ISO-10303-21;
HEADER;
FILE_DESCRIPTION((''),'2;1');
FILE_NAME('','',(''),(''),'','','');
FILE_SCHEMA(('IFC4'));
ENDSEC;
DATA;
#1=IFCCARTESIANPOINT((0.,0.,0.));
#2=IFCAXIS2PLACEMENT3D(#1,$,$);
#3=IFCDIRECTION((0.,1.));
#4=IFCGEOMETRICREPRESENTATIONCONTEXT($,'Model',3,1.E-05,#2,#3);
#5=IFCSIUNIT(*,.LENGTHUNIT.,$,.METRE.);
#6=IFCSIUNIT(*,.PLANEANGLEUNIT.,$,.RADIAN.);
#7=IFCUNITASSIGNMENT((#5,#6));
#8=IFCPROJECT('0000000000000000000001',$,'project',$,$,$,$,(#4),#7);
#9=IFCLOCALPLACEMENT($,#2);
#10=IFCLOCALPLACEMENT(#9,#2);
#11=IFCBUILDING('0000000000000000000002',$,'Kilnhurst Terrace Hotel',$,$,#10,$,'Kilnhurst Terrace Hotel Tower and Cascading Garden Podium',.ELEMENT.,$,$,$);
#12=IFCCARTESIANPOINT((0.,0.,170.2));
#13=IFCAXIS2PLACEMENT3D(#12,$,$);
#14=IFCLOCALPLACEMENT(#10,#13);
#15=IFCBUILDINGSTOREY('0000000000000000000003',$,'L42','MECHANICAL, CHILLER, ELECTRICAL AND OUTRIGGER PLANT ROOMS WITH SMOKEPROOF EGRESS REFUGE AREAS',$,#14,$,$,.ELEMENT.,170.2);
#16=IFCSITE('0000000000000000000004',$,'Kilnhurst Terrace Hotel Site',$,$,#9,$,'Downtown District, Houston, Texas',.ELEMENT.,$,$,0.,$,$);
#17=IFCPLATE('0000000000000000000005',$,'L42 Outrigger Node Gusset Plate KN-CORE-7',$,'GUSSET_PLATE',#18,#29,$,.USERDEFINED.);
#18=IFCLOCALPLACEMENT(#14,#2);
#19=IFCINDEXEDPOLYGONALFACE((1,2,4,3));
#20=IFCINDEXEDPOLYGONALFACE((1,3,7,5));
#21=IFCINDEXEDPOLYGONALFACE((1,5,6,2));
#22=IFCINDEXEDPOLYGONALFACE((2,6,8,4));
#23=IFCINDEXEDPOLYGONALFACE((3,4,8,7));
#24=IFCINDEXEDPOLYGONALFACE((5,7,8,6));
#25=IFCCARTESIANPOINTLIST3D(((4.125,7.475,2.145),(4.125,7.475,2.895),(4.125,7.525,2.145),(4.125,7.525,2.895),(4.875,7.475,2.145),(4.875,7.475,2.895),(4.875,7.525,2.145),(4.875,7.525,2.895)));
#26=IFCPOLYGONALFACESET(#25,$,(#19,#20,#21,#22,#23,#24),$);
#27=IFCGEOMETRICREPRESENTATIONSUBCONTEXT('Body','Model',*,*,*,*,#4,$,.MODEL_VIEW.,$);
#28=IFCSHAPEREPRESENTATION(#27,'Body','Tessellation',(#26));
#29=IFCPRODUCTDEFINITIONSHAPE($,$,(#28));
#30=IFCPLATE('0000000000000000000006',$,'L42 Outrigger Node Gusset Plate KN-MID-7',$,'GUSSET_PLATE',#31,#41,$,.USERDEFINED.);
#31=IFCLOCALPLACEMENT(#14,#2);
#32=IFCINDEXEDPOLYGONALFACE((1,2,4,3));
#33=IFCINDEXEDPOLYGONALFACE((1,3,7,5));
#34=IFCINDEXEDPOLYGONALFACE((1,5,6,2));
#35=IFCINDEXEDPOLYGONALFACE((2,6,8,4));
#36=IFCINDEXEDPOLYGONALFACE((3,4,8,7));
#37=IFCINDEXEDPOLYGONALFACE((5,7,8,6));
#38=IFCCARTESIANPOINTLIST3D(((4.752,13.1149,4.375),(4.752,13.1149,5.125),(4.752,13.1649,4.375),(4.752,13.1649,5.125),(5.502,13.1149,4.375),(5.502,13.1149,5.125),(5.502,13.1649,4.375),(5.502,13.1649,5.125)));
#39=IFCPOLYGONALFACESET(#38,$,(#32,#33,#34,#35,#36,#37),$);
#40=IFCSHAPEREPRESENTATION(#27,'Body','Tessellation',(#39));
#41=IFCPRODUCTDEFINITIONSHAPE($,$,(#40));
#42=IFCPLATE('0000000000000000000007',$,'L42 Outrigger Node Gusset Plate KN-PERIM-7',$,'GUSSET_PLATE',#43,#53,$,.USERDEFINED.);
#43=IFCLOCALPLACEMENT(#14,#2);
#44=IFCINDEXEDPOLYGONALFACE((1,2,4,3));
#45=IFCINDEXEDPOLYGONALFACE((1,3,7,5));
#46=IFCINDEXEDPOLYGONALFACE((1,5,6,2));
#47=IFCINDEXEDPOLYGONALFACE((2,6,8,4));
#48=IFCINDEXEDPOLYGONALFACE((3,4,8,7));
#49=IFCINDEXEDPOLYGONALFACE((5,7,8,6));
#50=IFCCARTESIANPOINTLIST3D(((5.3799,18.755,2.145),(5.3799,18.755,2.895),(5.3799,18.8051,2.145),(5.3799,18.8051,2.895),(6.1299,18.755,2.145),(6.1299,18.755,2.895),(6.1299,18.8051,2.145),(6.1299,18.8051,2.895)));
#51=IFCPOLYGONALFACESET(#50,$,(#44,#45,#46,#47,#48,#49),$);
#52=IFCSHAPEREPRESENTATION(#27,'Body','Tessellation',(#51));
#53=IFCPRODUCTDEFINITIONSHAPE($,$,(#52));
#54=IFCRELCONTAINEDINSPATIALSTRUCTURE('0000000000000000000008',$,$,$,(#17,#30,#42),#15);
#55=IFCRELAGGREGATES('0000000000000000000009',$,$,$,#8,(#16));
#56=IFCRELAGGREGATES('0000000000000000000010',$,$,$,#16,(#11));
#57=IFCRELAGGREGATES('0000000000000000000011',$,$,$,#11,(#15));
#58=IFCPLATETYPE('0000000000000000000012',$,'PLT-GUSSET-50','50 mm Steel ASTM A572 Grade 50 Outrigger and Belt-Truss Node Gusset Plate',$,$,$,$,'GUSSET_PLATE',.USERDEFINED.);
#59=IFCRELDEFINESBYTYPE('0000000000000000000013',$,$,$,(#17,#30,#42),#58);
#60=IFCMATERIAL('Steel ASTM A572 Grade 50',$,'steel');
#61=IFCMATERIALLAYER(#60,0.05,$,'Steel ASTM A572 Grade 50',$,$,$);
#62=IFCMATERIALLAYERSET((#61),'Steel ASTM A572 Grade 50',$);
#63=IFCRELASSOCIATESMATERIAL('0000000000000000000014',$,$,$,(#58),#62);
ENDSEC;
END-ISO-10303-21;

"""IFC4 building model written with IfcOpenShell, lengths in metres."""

from ifc_helpers import new_model, si_unit, direction, frame, origin, origin_2d, place, context, subcontext, project, spatial, rectangle, extrude, material, layer, layer_set, type_object, element, save


model = new_model("IFC4")

# Units and contexts
model_context = context("Model", 3, precision=1e-05, world=origin(), true_north=direction((0.0, 1.0)))
body_context = subcontext(model_context, "Body", "Model", "MODEL_VIEW")
ifc_project = project(units=[si_unit("LENGTHUNIT", "METRE"), si_unit("PLANEANGLEUNIT", "RADIAN")], contexts=[model_context])

# Site, building, storey
site_placement = place(None, origin())
site = spatial("IfcSite", under=ifc_project, at=site_placement, Name="Kilnhurst Terrace Hotel Site", LongName="Downtown District, Houston, Texas", CompositionType="ELEMENT", RefElevation=0.0)
building_placement = place(site_placement, origin())
building = spatial("IfcBuilding", under=site, at=building_placement, Name="Kilnhurst Terrace Hotel", LongName="Kilnhurst Terrace Hotel Tower and Cascading Garden Podium", CompositionType="ELEMENT")
storey_placement = place(building_placement, frame((0.0, 0.0, 170.2)))
storey = spatial("IfcBuildingStorey", under=building, at=storey_placement, Name="L42", Description="MECHANICAL, CHILLER, ELECTRICAL AND OUTRIGGER PLANT ROOMS WITH SMOKEPROOF EGRESS REFUGE AREAS", CompositionType="ELEMENT", Elevation=170.2)

# Plates
ifc_material_1 = material(Name="Steel ASTM A572 Grade 50", Category="steel")
ifc_layer = layer(ifc_material_1, 0.05, Name="Steel ASTM A572 Grade 50")
ifc_layer_set = layer_set([ifc_layer], Name="Steel ASTM A572 Grade 50")
plate_type = type_object("IfcPlateType", Name="PLT-GUSSET-50", Description="50 mm Steel ASTM A572 Grade 50 Outrigger and Belt-Truss Node Gusset Plate", ElementType="GUSSET_PLATE", PredefinedType="USERDEFINED", material=ifc_layer_set)
for number, where, z_axis, x_axis, name in (
    (1, (4.5, 7.5, 2.145), (0.0, 0.0, 1.0), (1.0, 0.0, 0.0), "L42 Outrigger Node Gusset Plate KN-CORE-7"),
    (2, (5.127, 13.1399, 4.375), (0.0, 0.0, 1.0), (1.0, 0.0, 0.0), "L42 Outrigger Node Gusset Plate KN-MID-7"),
    (3, (5.7549, 18.78, 2.145), (0.0, 0.0, 1.0), (1.0, 0.0, 0.0), "L42 Outrigger Node Gusset Plate KN-PERIM-7"),
):
    element("IfcPlate", number, at=place(storey_placement, frame(where, z_axis=z_axis, x_axis=x_axis)), inside=storey, type_object=plate_type, Name=name, ObjectType="GUSSET_PLATE", PredefinedType="USERDEFINED", context=body_context, shape_type="SweptSolid", body=[
        extrude(rectangle(XDim=0.75, YDim=0.05, at=origin_2d()), origin(), (0.0, 0.0, 1.0), 0.75),
    ])

save(model, "model.ifc")
